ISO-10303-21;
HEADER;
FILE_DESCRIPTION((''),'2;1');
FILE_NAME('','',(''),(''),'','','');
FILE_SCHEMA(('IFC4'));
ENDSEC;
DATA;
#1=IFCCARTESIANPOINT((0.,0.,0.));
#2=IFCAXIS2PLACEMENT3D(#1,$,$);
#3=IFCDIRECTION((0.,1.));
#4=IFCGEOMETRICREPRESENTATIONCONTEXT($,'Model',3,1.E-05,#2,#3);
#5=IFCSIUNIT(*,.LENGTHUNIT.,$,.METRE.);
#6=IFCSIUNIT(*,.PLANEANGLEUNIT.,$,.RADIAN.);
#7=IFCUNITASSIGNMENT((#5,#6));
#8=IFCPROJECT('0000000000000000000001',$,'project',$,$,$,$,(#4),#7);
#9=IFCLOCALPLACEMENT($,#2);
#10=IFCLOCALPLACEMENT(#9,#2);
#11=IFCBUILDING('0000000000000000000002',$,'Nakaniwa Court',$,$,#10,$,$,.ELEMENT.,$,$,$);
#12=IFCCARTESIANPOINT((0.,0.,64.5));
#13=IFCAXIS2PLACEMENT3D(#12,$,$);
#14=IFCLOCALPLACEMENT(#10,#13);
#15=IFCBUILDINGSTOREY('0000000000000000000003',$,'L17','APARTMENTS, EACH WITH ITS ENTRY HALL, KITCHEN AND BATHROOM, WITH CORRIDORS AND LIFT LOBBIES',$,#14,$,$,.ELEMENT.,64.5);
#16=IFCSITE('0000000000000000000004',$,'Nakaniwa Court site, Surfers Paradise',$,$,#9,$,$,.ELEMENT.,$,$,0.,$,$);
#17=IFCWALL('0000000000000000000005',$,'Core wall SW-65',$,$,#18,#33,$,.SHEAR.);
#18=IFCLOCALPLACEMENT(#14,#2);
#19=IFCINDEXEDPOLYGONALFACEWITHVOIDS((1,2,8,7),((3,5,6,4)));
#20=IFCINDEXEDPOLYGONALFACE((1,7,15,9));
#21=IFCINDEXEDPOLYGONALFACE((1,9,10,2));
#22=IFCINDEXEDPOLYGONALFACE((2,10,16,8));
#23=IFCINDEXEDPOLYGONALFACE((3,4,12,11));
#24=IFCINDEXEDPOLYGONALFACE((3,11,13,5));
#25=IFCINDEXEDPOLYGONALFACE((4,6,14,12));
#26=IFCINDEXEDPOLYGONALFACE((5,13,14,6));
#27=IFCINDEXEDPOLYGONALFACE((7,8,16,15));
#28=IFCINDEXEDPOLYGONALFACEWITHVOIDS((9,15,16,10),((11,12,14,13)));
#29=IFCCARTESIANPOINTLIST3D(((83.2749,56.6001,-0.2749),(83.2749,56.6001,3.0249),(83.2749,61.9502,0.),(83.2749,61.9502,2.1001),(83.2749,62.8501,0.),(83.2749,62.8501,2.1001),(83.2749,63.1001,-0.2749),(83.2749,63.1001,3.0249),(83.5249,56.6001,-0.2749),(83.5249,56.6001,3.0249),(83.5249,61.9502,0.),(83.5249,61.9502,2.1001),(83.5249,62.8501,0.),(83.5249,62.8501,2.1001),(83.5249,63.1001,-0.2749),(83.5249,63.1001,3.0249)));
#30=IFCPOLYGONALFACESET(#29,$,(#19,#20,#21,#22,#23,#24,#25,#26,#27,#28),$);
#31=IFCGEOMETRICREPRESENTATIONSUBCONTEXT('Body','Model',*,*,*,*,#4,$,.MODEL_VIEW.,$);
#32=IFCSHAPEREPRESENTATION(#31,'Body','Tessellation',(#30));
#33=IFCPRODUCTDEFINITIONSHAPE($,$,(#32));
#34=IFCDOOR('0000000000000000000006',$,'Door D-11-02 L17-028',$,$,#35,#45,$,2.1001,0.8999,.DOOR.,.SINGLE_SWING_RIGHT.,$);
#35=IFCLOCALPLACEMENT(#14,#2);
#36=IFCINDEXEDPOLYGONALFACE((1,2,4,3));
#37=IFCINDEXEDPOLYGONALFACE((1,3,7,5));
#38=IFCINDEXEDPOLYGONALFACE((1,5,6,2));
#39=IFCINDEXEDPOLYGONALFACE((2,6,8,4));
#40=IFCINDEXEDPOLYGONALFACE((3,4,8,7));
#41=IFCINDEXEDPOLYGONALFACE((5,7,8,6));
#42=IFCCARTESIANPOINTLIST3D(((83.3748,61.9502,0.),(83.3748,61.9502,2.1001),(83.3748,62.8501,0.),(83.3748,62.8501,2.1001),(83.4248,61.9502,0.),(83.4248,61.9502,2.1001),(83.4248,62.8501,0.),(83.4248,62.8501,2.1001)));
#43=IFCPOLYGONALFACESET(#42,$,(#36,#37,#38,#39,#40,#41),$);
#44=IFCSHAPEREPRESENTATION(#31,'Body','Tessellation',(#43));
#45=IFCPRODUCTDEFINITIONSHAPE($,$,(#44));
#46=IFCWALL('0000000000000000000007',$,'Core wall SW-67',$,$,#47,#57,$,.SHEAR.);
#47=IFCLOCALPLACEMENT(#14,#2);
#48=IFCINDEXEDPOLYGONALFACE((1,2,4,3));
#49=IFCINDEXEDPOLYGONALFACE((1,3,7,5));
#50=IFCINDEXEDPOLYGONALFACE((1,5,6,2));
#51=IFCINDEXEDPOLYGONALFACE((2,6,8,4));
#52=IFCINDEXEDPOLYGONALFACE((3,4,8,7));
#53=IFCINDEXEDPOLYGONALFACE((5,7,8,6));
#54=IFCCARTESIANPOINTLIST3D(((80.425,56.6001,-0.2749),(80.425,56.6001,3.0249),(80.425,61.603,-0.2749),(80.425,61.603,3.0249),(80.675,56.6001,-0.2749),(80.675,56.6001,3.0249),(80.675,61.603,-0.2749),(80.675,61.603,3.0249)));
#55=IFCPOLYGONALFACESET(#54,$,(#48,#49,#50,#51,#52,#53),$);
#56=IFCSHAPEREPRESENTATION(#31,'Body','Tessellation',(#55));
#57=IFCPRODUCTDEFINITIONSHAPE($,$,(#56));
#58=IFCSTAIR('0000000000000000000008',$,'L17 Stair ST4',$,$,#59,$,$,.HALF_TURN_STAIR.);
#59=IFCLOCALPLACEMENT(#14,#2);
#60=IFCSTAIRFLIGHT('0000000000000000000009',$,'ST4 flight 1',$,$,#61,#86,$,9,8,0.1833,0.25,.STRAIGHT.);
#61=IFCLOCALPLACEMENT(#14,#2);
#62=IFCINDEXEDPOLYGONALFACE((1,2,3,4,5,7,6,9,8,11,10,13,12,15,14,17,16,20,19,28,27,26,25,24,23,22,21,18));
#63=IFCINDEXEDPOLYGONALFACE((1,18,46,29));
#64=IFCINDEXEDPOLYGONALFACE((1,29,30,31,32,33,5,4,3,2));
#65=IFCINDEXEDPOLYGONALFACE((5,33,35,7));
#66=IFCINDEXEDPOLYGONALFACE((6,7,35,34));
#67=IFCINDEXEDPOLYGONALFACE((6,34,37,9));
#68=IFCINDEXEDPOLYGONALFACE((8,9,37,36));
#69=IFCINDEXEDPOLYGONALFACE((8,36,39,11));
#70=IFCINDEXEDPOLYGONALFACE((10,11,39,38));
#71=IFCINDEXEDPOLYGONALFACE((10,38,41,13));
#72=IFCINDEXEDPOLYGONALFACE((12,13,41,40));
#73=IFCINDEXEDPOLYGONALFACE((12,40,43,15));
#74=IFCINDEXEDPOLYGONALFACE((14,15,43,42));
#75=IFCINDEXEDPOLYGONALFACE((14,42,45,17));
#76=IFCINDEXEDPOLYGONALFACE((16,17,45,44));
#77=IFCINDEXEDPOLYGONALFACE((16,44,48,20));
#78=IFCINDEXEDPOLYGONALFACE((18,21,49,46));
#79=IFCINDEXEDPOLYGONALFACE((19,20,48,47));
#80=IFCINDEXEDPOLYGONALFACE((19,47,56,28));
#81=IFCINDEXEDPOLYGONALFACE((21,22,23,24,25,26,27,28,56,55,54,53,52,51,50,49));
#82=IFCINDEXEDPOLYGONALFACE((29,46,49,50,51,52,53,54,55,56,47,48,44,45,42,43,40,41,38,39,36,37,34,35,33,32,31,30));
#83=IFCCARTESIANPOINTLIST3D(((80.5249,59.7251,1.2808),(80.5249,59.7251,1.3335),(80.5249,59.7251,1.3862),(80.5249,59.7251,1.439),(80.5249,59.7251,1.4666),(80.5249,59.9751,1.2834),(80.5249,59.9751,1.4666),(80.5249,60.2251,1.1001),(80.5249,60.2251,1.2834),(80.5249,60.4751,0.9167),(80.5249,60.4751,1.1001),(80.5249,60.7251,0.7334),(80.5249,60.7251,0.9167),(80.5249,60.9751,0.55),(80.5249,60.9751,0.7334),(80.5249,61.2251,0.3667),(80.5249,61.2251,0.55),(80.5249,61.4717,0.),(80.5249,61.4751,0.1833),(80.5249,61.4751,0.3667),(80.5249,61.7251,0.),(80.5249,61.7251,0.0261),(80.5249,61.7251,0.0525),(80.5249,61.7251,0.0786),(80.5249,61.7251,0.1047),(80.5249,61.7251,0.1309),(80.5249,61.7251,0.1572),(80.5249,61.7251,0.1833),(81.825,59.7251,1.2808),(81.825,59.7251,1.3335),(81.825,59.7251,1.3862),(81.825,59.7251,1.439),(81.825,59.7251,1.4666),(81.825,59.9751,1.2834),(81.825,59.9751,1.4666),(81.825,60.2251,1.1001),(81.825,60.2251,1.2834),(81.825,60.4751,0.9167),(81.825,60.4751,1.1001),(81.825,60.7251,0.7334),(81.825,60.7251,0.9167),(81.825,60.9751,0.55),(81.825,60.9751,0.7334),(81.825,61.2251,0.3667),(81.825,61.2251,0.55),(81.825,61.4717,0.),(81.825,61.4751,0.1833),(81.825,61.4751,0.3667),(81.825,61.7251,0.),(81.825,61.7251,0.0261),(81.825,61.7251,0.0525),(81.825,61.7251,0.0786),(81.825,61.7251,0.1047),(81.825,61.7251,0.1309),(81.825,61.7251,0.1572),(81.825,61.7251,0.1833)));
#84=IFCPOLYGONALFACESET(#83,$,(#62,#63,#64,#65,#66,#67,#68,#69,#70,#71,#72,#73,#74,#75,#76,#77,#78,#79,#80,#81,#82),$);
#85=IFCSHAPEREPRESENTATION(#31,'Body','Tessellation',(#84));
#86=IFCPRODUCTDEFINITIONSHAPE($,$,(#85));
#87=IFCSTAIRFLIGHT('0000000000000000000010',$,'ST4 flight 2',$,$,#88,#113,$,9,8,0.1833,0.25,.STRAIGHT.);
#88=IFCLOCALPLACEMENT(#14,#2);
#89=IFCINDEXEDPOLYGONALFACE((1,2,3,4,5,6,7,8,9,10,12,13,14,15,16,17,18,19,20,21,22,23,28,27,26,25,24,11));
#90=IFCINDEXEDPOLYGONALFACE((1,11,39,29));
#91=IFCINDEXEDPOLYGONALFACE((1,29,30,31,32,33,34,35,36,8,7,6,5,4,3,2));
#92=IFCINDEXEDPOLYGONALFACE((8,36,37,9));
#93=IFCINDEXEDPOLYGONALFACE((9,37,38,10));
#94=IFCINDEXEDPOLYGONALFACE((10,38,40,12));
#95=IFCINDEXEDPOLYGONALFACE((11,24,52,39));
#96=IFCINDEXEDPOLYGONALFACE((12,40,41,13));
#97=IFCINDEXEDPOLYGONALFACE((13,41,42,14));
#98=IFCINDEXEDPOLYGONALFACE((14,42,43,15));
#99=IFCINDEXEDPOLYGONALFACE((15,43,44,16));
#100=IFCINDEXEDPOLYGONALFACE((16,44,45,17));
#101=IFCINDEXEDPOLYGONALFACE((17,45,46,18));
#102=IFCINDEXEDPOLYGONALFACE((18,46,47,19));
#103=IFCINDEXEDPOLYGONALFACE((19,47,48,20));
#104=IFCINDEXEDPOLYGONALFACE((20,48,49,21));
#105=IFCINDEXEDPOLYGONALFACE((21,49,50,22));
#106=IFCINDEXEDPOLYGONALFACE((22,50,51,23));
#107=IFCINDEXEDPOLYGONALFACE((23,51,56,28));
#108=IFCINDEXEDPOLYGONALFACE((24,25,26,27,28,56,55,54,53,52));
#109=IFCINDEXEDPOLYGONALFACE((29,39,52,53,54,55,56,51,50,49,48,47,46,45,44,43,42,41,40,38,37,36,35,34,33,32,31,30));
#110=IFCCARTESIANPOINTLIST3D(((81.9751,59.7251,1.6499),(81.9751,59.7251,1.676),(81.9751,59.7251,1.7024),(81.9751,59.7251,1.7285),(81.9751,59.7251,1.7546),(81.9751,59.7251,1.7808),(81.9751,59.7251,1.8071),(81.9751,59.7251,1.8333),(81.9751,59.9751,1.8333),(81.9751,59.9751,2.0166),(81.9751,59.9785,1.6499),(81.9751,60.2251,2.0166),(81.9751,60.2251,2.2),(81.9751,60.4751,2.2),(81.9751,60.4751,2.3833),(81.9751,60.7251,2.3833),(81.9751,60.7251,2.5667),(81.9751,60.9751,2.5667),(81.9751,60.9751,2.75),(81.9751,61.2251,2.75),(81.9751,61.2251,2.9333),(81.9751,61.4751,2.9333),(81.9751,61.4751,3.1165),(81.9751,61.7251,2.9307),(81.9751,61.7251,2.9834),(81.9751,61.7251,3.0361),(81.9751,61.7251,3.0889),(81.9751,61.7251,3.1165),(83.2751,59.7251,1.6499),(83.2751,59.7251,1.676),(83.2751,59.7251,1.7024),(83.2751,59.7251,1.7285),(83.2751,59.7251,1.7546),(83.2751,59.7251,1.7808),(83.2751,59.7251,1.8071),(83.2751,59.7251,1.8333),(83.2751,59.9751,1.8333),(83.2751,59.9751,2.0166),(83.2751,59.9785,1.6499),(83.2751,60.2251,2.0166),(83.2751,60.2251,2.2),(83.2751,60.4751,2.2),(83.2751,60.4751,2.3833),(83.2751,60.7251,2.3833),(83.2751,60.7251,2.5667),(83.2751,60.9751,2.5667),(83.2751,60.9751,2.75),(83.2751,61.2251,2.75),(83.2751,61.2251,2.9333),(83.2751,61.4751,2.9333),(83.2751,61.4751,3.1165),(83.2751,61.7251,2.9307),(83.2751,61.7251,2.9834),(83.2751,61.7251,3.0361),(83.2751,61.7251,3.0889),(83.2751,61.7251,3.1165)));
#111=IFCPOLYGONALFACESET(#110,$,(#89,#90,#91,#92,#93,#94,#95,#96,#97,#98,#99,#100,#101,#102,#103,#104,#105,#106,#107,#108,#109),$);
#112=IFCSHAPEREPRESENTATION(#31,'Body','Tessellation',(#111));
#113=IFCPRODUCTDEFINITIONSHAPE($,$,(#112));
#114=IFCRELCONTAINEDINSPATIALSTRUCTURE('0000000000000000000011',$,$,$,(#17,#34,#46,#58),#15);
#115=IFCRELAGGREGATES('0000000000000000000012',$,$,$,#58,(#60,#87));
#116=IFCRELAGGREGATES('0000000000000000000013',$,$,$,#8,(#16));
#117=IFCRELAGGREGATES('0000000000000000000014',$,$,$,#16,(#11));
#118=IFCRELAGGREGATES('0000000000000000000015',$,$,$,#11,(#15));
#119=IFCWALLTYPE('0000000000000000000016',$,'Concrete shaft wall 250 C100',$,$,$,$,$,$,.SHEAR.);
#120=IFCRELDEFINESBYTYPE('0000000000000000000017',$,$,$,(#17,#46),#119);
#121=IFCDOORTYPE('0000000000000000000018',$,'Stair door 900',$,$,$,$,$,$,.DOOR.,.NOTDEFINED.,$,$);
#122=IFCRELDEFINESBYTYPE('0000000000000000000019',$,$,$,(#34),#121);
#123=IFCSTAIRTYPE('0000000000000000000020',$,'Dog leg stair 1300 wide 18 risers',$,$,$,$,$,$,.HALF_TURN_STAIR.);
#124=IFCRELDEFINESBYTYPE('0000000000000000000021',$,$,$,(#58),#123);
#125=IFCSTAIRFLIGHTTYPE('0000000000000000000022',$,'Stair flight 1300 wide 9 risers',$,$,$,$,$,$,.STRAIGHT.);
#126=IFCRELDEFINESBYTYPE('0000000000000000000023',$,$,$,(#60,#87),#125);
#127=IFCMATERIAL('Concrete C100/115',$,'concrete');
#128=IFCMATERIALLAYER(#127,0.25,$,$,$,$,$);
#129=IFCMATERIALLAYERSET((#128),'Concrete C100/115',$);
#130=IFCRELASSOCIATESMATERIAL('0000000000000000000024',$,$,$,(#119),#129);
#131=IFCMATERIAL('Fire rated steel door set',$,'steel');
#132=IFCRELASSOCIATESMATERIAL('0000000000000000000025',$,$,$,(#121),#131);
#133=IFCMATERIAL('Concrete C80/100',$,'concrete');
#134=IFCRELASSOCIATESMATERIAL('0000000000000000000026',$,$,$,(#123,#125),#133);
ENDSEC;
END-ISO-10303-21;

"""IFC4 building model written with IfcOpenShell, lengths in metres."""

from ifc_helpers import new_model, si_unit, direction, frame, frame_2d, origin, place, context, subcontext, project, spatial, polyline, rectangle, outline, extrude, material, layer, layer_set, type_object, element, fill, aggregate, save


model = new_model("IFC4")

# Units and contexts
model_context = context("Model", 3, precision=1e-05, world=origin(), true_north=direction((0.0, 1.0)))
body_context = subcontext(model_context, "Body", "Model", "MODEL_VIEW")
ifc_project = project(units=[si_unit("LENGTHUNIT", "METRE"), si_unit("PLANEANGLEUNIT", "RADIAN")], contexts=[model_context])

# Site, building, storey
site_placement = place(None, origin())
site = spatial("IfcSite", under=ifc_project, at=site_placement, Name="Nakaniwa Court site, Surfers Paradise", CompositionType="ELEMENT", RefElevation=0.0)
building_placement = place(site_placement, origin())
building = spatial("IfcBuilding", under=site, at=building_placement, Name="Nakaniwa Court", CompositionType="ELEMENT")
storey_placement = place(building_placement, frame((0.0, 0.0, 64.5)))
storey = spatial("IfcBuildingStorey", under=building, at=storey_placement, Name="L17", Description="APARTMENTS, EACH WITH ITS ENTRY HALL, KITCHEN AND BATHROOM, WITH CORRIDORS AND LIFT LOBBIES", CompositionType="ELEMENT", Elevation=64.5)

# Shared definitions
ifc_material_1 = material(Name="Concrete C80/100", Category="concrete")

# Shared definitions
ifc_material_2 = material(Name="Fire rated steel door set", Category="steel")

# Shared definitions
ifc_material_3 = material(Name="Concrete C100/115", Category="concrete")
ifc_layer_1 = layer(ifc_material_3, 0.25)
ifc_layer_set_1 = layer_set([ifc_layer_1], Name="Concrete C100/115")
wall_type_1 = type_object("IfcWallType", Name="Concrete shaft wall 250 C100", PredefinedType="SHEAR", material=ifc_layer_set_1)

# Wall, opening, door
wall_1_placement = place(storey_placement, frame((83.3999, 63.1001, -0.2749), z_axis=(0.0, 0.0, 1.0), x_axis=(0.0, -1.0, 0.0)))
wall_1 = element("IfcWall", 1, at=wall_1_placement, inside=storey, type_object=wall_type_1, Name="Core wall SW-65", PredefinedType="SHEAR", context=body_context, shape_type="SweptSolid", body=[
    extrude(rectangle(XDim=6.5, YDim=0.25, at=frame_2d((3.25, 0.0))), origin(), (0.0, 0.0, 1.0), 3.2998),
])
opening_1_placement = place(wall_1_placement, frame((0.25, 0.0, 0.2749)))
opening_1 = element("IfcOpeningElement", 2, at=opening_1_placement, cuts=wall_1, PredefinedType="OPENING", context=body_context, shape_type="SweptSolid", body=[
    extrude(rectangle(XDim=0.8999, YDim=2.1001, at=frame_2d((0.45, 1.05))), frame((0.0, 0.135, 0.0), z_axis=(0.0, -1.0, 0.0), x_axis=(1.0, 0.0, 0.0)), (0.0, 0.0, 1.0), 0.27),
])
door_type_1 = type_object("IfcDoorType", Name="Stair door 900", OperationType="NOTDEFINED", PredefinedType="DOOR", material=ifc_material_2)
door_1_placement = place(opening_1_placement, origin())
door_1 = element("IfcDoor", 3, at=door_1_placement, inside=storey, type_object=door_type_1, Name="Door D-11-02 L17-028", OperationType="SINGLE_SWING_RIGHT", OverallHeight=2.1001, OverallWidth=0.8999, PredefinedType="DOOR", context=body_context, shape_type="SweptSolid", body=[
    extrude(rectangle(XDim=0.8999, YDim=2.1001, at=frame_2d((0.45, 1.05))), frame((0.0, 0.0249, 0.0), z_axis=(0.0, -1.0, 0.0), x_axis=(1.0, 0.0, 0.0)), (0.0, 0.0, 1.0), 0.05),
])
fill(opening_1, door_1)

# Wall
wall_2_placement = place(storey_placement, frame((80.55, 56.6001, -0.2749), z_axis=(0.0, 0.0, 1.0), x_axis=(0.0, 1.0, 0.0)))
element("IfcWall", 4, at=wall_2_placement, inside=storey, type_object=wall_type_1, Name="Core wall SW-67", PredefinedType="SHEAR", context=body_context, shape_type="SweptSolid", body=[
    extrude(rectangle(XDim=5.0029, YDim=0.25, at=frame_2d((2.5015, 0.0))), origin(), (0.0, 0.0, 1.0), 3.2998),
])

# Stair, stair flights
stair_type = type_object("IfcStairType", Name="Dog leg stair 1300 wide 18 risers", PredefinedType="HALF_TURN_STAIR", material=ifc_material_1)
stair_placement = place(storey_placement, origin())
stair = element("IfcStair", 5, at=stair_placement, inside=storey, type_object=stair_type, Name="L17 Stair ST4", PredefinedType="HALF_TURN_STAIR")
stair_flight_type = type_object("IfcStairFlightType", Name="Stair flight 1300 wide 9 risers", PredefinedType="STRAIGHT", material=ifc_material_1)
stair_flight_1_placement = place(storey_placement, frame((81.175, 61.7251, 0.0), z_axis=(0.0, 0.0, 1.0), x_axis=(0.0, -1.0, 0.0)))
stair_flight_1 = element("IfcStairFlight", 6, at=stair_flight_1_placement, type_object=stair_flight_type, Name="ST4 flight 1", NumberOfRisers=9, NumberOfTreads=8, PredefinedType="STRAIGHT", RiserHeight=0.1833, TreadLength=0.25, context=body_context, shape_type="SweptSolid", body=[
    extrude(outline(polyline([(0.0, 0.0), (0.0, 0.0261), (0.0, 0.0525), (0.0, 0.0786), (0.0, 0.1047), (0.0, 0.1309), (0.0, 0.1572), (0.0, 0.1833), (0.25, 0.1833), (0.25, 0.3667), (0.5, 0.3667), (0.5, 0.55), (0.75, 0.55), (0.75, 0.7334), (1.0, 0.7334), (1.0, 0.9167), (1.25, 0.9167), (1.25, 1.1001), (1.5, 1.1001), (1.5, 1.2834), (1.75, 1.2834), (1.75, 1.4666), (2.0, 1.4666), (2.0, 1.6499), (2.0, 1.5972), (2.0, 1.5444), (2.0, 1.4917), (2.0, 1.439), (2.0, 1.3862), (2.0, 1.3335), (2.0, 1.2808), (0.2534, 0.0), (0.0, 0.0)])), frame((0.0, 0.6499, 0.0), z_axis=(0.0, -1.0, 0.0), x_axis=(1.0, 0.0, 0.0)), (0.0, 0.0, 1.0), 1.3),
])
stair_flight_2_placement = place(storey_placement, frame((82.625, 59.7251, 1.6499), z_axis=(0.0, 0.0, 1.0), x_axis=(0.0, 1.0, 0.0)))
stair_flight_2 = element("IfcStairFlight", 7, at=stair_flight_2_placement, type_object=stair_flight_type, Name="ST4 flight 2", NumberOfRisers=9, NumberOfTreads=8, PredefinedType="STRAIGHT", RiserHeight=0.1833, TreadLength=0.25, context=body_context, shape_type="SweptSolid", body=[
    extrude(outline(polyline([(0.0, 0.0), (0.0, 0.0261), (0.0, 0.0525), (0.0, 0.0786), (0.0, 0.1047), (0.0, 0.1309), (0.0, 0.1572), (0.0, 0.1833), (0.25, 0.1833), (0.25, 0.3667), (0.5, 0.3667), (0.5, 0.55), (0.75, 0.55), (0.75, 0.7334), (1.0, 0.7334), (1.0, 0.9167), (1.25, 0.9167), (1.25, 1.1001), (1.5, 1.1001), (1.5, 1.2834), (1.75, 1.2834), (1.75, 1.4666), (2.0, 1.4666), (2.0, 1.6499), (2.0, 1.5972), (2.0, 1.5444), (2.0, 1.4917), (2.0, 1.439), (2.0, 1.3862), (2.0, 1.3335), (2.0, 1.2808), (0.2534, 0.0), (0.0, 0.0)])), frame((0.0, 0.6499, 0.0), z_axis=(0.0, -1.0, 0.0), x_axis=(1.0, 0.0, 0.0)), (0.0, 0.0, 1.0), 1.3),
])
aggregate(stair, [stair_flight_1, stair_flight_2])

save(model, "model.ifc")
